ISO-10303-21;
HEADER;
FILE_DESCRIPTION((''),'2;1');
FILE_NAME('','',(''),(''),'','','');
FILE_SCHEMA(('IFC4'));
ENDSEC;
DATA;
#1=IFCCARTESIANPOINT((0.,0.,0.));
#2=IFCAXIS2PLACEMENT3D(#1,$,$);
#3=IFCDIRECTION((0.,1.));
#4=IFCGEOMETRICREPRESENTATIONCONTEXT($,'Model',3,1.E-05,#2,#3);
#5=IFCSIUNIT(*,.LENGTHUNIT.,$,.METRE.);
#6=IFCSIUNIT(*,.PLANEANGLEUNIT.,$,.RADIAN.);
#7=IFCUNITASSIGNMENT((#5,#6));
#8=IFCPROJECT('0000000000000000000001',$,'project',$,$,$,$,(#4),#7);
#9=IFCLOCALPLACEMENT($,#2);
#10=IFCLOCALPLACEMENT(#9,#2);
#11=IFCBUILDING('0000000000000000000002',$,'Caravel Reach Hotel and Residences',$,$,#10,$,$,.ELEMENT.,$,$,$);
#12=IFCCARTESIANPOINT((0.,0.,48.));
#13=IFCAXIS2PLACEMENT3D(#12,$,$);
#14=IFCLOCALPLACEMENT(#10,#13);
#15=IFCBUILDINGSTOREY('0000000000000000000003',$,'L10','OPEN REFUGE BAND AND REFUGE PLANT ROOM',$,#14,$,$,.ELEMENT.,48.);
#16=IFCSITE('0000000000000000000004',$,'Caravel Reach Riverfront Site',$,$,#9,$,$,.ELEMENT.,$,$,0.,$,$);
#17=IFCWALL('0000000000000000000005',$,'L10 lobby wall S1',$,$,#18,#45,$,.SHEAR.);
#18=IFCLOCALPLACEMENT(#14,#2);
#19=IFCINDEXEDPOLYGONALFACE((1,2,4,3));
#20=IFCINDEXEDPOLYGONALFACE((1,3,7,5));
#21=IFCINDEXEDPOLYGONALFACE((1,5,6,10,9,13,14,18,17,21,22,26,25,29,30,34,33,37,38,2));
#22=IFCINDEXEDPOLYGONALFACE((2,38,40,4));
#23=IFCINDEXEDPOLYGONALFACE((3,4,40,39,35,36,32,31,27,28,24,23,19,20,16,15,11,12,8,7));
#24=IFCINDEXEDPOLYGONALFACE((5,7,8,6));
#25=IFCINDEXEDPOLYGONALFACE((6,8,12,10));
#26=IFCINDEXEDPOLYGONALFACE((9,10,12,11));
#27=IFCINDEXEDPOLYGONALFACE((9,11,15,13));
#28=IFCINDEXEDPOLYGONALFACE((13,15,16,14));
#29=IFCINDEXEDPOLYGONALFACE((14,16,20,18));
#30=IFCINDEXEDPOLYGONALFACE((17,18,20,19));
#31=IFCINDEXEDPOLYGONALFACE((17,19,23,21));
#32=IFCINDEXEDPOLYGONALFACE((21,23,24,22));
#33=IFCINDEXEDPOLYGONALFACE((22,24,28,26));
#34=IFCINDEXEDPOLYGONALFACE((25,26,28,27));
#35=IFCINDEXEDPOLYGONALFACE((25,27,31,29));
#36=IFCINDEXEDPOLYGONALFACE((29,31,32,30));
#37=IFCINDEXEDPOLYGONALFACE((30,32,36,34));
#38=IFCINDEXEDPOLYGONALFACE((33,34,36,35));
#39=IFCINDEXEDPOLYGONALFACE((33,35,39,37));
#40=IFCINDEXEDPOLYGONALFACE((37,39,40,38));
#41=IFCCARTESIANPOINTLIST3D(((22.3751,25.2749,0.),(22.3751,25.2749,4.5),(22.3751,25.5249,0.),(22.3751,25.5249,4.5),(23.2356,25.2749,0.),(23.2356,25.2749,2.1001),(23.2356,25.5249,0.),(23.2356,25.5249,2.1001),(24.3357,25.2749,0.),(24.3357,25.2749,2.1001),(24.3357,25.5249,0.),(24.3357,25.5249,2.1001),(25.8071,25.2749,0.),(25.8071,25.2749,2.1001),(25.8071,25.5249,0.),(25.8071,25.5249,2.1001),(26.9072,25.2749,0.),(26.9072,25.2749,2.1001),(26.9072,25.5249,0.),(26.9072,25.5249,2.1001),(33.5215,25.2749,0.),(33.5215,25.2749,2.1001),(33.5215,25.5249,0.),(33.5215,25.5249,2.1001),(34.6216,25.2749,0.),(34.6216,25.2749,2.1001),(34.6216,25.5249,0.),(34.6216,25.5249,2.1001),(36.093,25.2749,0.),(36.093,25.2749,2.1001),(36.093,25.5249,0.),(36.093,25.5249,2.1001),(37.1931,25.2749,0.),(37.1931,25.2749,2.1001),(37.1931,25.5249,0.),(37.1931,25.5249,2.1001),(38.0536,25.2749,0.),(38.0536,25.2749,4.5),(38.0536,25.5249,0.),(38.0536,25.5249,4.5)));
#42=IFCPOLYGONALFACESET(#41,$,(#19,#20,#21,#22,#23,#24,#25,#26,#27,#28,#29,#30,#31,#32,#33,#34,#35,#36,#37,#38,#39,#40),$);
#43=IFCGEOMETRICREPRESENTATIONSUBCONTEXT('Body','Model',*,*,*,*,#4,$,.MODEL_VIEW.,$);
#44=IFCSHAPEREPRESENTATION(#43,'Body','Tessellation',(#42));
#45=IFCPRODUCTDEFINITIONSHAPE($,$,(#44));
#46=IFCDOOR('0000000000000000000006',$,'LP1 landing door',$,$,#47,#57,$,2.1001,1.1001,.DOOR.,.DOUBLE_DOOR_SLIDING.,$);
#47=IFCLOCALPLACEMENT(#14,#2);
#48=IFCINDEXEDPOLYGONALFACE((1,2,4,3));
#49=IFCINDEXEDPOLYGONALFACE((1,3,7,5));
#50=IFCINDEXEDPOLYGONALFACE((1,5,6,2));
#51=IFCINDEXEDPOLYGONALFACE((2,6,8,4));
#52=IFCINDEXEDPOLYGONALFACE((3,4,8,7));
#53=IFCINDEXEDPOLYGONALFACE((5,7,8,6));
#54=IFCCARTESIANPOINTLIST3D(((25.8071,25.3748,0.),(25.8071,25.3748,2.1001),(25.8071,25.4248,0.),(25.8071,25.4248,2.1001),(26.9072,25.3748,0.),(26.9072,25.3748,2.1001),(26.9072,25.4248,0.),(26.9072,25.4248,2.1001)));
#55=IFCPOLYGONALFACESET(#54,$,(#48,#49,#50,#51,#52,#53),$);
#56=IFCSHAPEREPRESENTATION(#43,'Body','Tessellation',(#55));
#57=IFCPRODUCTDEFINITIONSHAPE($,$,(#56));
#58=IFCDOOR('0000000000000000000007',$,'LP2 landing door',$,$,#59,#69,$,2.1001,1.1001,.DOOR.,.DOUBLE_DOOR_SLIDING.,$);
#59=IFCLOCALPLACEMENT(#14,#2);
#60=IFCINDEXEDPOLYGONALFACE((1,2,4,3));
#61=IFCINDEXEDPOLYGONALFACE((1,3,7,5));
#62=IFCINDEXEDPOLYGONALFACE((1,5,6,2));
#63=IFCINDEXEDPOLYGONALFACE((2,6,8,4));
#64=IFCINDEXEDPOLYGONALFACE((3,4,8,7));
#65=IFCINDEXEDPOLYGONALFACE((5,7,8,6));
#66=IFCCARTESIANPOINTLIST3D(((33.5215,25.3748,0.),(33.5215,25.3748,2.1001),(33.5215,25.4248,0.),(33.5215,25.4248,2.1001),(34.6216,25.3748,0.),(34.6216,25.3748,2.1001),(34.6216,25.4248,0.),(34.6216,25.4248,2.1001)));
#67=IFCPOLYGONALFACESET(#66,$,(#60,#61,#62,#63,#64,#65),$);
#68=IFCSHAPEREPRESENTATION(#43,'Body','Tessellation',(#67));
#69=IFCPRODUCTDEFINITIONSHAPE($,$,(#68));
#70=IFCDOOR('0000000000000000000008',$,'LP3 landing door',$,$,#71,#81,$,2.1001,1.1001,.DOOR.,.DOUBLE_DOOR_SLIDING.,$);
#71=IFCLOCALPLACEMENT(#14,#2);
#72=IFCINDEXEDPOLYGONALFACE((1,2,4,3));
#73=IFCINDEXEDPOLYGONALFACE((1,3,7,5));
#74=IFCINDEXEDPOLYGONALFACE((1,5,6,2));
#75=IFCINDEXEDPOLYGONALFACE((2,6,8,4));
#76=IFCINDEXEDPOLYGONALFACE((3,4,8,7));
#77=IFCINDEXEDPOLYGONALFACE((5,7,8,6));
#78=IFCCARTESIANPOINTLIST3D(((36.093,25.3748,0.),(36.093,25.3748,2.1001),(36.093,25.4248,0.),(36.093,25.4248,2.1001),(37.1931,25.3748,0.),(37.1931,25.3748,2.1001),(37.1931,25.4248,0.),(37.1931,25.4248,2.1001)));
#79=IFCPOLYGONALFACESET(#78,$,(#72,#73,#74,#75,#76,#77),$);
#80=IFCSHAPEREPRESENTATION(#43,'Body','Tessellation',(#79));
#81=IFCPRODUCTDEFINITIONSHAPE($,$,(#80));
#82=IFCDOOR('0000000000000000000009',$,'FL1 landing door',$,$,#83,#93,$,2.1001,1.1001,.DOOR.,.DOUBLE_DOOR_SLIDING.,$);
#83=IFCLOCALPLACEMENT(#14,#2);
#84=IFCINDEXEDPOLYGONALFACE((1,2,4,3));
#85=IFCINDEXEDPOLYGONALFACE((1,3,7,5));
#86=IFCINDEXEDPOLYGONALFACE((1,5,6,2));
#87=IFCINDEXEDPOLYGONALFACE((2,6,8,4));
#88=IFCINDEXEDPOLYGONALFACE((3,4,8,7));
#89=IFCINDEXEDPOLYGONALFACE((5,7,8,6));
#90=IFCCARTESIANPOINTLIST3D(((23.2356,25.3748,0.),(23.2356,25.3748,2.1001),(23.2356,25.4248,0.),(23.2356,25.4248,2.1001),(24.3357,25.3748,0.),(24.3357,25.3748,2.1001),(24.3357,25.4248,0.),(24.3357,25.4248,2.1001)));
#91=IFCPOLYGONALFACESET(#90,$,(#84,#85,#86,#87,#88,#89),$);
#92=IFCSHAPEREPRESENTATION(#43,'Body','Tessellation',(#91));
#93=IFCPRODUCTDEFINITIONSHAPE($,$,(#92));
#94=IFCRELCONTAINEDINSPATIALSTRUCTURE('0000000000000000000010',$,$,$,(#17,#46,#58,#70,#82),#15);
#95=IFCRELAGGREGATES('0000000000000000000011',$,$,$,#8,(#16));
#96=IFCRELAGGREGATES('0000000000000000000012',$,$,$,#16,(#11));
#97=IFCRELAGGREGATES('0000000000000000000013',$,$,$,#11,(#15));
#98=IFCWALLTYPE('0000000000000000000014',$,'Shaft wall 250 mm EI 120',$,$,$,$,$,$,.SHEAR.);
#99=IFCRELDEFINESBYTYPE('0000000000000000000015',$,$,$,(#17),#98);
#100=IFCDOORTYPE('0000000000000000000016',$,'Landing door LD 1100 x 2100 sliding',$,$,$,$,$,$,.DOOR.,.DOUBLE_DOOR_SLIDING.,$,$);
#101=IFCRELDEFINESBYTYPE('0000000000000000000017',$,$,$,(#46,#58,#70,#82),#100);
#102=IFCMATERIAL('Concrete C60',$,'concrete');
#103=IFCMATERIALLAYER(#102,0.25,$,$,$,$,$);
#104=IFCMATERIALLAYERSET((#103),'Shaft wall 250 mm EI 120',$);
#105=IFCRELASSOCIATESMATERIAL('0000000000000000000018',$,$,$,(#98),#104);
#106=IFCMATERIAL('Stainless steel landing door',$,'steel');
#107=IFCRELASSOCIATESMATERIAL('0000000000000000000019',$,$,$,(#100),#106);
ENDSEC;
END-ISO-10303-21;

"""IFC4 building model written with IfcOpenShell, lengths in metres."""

from ifc_helpers import new_model, si_unit, direction, frame, frame_2d, origin, place, context, subcontext, project, spatial, rectangle, extrude, material, layer, layer_set, type_object, element, fill, save


model = new_model("IFC4")

# Units and contexts
model_context = context("Model", 3, precision=1e-05, world=origin(), true_north=direction((0.0, 1.0)))
body_context = subcontext(model_context, "Body", "Model", "MODEL_VIEW")
ifc_project = project(units=[si_unit("LENGTHUNIT", "METRE"), si_unit("PLANEANGLEUNIT", "RADIAN")], contexts=[model_context])

# Site, building, storey
site_placement = place(None, origin())
site = spatial("IfcSite", under=ifc_project, at=site_placement, Name="Caravel Reach Riverfront Site", CompositionType="ELEMENT", RefElevation=0.0)
building_placement = place(site_placement, origin())
building = spatial("IfcBuilding", under=site, at=building_placement, Name="Caravel Reach Hotel and Residences", CompositionType="ELEMENT")
storey_placement = place(building_placement, frame((0.0, 0.0, 48.0)))
storey = spatial("IfcBuildingStorey", under=building, at=storey_placement, Name="L10", Description="OPEN REFUGE BAND AND REFUGE PLANT ROOM", CompositionType="ELEMENT", Elevation=48.0)

# Wall, openings, doors
ifc_material_1 = material(Name="Concrete C60", Category="concrete")
ifc_layer_1 = layer(ifc_material_1, 0.25)
ifc_layer_set_1 = layer_set([ifc_layer_1], Name="Shaft wall 250 mm EI 120")
wall_type_1 = type_object("IfcWallType", Name="Shaft wall 250 mm EI 120", PredefinedType="SHEAR", material=ifc_layer_set_1)
wall_1_placement = place(storey_placement, frame((22.375, 25.3999, 0.0), z_axis=(0.0, 0.0, 1.0), x_axis=(1.0, 0.0, 0.0)))
wall_1 = element("IfcWall", 1, at=wall_1_placement, inside=storey, type_object=wall_type_1, Name="L10 lobby wall S1", PredefinedType="SHEAR", context=body_context, shape_type="SweptSolid", body=[
    extrude(rectangle(XDim=15.6785, YDim=0.25, at=frame_2d((7.8394, 0.0))), origin(), (0.0, 0.0, 1.0), 4.5),
])
opening_1_placement = place(wall_1_placement, frame((3.4321, 0.0, 0.0)))
opening_1 = element("IfcOpeningElement", 2, at=opening_1_placement, cuts=wall_1, PredefinedType="OPENING", context=body_context, shape_type="SweptSolid", body=[
    extrude(rectangle(XDim=1.1001, YDim=2.1001, at=frame_2d((0.55, 1.05))), frame((0.0, 0.135, 0.0), z_axis=(0.0, -1.0, 0.0), x_axis=(1.0, 0.0, 0.0)), (0.0, 0.0, 1.0), 0.27),
])
opening_2_placement = place(wall_1_placement, frame((11.1465, 0.0, 0.0)))
opening_2 = element("IfcOpeningElement", 3, at=opening_2_placement, cuts=wall_1, PredefinedType="OPENING", context=body_context, shape_type="SweptSolid", body=[
    extrude(rectangle(XDim=1.1001, YDim=2.1001, at=frame_2d((0.55, 1.05))), frame((0.0, 0.135, 0.0), z_axis=(0.0, -1.0, 0.0), x_axis=(1.0, 0.0, 0.0)), (0.0, 0.0, 1.0), 0.27),
])
opening_3_placement = place(wall_1_placement, frame((13.718, 0.0, 0.0)))
opening_3 = element("IfcOpeningElement", 4, at=opening_3_placement, cuts=wall_1, PredefinedType="OPENING", context=body_context, shape_type="SweptSolid", body=[
    extrude(rectangle(XDim=1.1001, YDim=2.1001, at=frame_2d((0.55, 1.05))), frame((0.0, 0.135, 0.0), z_axis=(0.0, -1.0, 0.0), x_axis=(1.0, 0.0, 0.0)), (0.0, 0.0, 1.0), 0.27),
])
opening_4_placement = place(wall_1_placement, frame((0.8606, 0.0, 0.0)))
opening_4 = element("IfcOpeningElement", 5, at=opening_4_placement, cuts=wall_1, PredefinedType="OPENING", context=body_context, shape_type="SweptSolid", body=[
    extrude(rectangle(XDim=1.1001, YDim=2.1001, at=frame_2d((0.55, 1.05))), frame((0.0, 0.135, 0.0), z_axis=(0.0, -1.0, 0.0), x_axis=(1.0, 0.0, 0.0)), (0.0, 0.0, 1.0), 0.27),
])
ifc_material_2 = material(Name="Stainless steel landing door", Category="steel")
door_type_1 = type_object("IfcDoorType", Name="Landing door LD 1100 x 2100 sliding", OperationType="DOUBLE_DOOR_SLIDING", PredefinedType="DOOR", material=ifc_material_2)
door_1_placement = place(opening_1_placement, origin())
door_1 = element("IfcDoor", 6, at=door_1_placement, inside=storey, type_object=door_type_1, Name="LP1 landing door", OperationType="DOUBLE_DOOR_SLIDING", OverallHeight=2.1001, OverallWidth=1.1001, PredefinedType="DOOR", context=body_context, shape_type="SweptSolid", body=[
    extrude(rectangle(XDim=1.1001, YDim=2.1001, at=frame_2d((0.55, 1.05))), frame((0.0, 0.0249, 0.0), z_axis=(0.0, -1.0, 0.0), x_axis=(1.0, 0.0, 0.0)), (0.0, 0.0, 1.0), 0.05),
])
fill(opening_1, door_1)
door_2_placement = place(opening_2_placement, origin())
door_2 = element("IfcDoor", 7, at=door_2_placement, inside=storey, type_object=door_type_1, Name="LP2 landing door", OperationType="DOUBLE_DOOR_SLIDING", OverallHeight=2.1001, OverallWidth=1.1001, PredefinedType="DOOR", context=body_context, shape_type="SweptSolid", body=[
    extrude(rectangle(XDim=1.1001, YDim=2.1001, at=frame_2d((0.55, 1.05))), frame((0.0, 0.0249, 0.0), z_axis=(0.0, -1.0, 0.0), x_axis=(1.0, 0.0, 0.0)), (0.0, 0.0, 1.0), 0.05),
])
fill(opening_2, door_2)
door_3_placement = place(opening_3_placement, origin())
door_3 = element("IfcDoor", 8, at=door_3_placement, inside=storey, type_object=door_type_1, Name="LP3 landing door", OperationType="DOUBLE_DOOR_SLIDING", OverallHeight=2.1001, OverallWidth=1.1001, PredefinedType="DOOR", context=body_context, shape_type="SweptSolid", body=[
    extrude(rectangle(XDim=1.1001, YDim=2.1001, at=frame_2d((0.55, 1.05))), frame((0.0, 0.0249, 0.0), z_axis=(0.0, -1.0, 0.0), x_axis=(1.0, 0.0, 0.0)), (0.0, 0.0, 1.0), 0.05),
])
fill(opening_3, door_3)
door_4_placement = place(opening_4_placement, origin())
door_4 = element("IfcDoor", 9, at=door_4_placement, inside=storey, type_object=door_type_1, Name="FL1 landing door", OperationType="DOUBLE_DOOR_SLIDING", OverallHeight=2.1001, OverallWidth=1.1001, PredefinedType="DOOR", context=body_context, shape_type="SweptSolid", body=[
    extrude(rectangle(XDim=1.1001, YDim=2.1001, at=frame_2d((0.55, 1.05))), frame((0.0, 0.0249, 0.0), z_axis=(0.0, -1.0, 0.0), x_axis=(1.0, 0.0, 0.0)), (0.0, 0.0, 1.0), 0.05),
])
fill(opening_4, door_4)

save(model, "model.ifc")
